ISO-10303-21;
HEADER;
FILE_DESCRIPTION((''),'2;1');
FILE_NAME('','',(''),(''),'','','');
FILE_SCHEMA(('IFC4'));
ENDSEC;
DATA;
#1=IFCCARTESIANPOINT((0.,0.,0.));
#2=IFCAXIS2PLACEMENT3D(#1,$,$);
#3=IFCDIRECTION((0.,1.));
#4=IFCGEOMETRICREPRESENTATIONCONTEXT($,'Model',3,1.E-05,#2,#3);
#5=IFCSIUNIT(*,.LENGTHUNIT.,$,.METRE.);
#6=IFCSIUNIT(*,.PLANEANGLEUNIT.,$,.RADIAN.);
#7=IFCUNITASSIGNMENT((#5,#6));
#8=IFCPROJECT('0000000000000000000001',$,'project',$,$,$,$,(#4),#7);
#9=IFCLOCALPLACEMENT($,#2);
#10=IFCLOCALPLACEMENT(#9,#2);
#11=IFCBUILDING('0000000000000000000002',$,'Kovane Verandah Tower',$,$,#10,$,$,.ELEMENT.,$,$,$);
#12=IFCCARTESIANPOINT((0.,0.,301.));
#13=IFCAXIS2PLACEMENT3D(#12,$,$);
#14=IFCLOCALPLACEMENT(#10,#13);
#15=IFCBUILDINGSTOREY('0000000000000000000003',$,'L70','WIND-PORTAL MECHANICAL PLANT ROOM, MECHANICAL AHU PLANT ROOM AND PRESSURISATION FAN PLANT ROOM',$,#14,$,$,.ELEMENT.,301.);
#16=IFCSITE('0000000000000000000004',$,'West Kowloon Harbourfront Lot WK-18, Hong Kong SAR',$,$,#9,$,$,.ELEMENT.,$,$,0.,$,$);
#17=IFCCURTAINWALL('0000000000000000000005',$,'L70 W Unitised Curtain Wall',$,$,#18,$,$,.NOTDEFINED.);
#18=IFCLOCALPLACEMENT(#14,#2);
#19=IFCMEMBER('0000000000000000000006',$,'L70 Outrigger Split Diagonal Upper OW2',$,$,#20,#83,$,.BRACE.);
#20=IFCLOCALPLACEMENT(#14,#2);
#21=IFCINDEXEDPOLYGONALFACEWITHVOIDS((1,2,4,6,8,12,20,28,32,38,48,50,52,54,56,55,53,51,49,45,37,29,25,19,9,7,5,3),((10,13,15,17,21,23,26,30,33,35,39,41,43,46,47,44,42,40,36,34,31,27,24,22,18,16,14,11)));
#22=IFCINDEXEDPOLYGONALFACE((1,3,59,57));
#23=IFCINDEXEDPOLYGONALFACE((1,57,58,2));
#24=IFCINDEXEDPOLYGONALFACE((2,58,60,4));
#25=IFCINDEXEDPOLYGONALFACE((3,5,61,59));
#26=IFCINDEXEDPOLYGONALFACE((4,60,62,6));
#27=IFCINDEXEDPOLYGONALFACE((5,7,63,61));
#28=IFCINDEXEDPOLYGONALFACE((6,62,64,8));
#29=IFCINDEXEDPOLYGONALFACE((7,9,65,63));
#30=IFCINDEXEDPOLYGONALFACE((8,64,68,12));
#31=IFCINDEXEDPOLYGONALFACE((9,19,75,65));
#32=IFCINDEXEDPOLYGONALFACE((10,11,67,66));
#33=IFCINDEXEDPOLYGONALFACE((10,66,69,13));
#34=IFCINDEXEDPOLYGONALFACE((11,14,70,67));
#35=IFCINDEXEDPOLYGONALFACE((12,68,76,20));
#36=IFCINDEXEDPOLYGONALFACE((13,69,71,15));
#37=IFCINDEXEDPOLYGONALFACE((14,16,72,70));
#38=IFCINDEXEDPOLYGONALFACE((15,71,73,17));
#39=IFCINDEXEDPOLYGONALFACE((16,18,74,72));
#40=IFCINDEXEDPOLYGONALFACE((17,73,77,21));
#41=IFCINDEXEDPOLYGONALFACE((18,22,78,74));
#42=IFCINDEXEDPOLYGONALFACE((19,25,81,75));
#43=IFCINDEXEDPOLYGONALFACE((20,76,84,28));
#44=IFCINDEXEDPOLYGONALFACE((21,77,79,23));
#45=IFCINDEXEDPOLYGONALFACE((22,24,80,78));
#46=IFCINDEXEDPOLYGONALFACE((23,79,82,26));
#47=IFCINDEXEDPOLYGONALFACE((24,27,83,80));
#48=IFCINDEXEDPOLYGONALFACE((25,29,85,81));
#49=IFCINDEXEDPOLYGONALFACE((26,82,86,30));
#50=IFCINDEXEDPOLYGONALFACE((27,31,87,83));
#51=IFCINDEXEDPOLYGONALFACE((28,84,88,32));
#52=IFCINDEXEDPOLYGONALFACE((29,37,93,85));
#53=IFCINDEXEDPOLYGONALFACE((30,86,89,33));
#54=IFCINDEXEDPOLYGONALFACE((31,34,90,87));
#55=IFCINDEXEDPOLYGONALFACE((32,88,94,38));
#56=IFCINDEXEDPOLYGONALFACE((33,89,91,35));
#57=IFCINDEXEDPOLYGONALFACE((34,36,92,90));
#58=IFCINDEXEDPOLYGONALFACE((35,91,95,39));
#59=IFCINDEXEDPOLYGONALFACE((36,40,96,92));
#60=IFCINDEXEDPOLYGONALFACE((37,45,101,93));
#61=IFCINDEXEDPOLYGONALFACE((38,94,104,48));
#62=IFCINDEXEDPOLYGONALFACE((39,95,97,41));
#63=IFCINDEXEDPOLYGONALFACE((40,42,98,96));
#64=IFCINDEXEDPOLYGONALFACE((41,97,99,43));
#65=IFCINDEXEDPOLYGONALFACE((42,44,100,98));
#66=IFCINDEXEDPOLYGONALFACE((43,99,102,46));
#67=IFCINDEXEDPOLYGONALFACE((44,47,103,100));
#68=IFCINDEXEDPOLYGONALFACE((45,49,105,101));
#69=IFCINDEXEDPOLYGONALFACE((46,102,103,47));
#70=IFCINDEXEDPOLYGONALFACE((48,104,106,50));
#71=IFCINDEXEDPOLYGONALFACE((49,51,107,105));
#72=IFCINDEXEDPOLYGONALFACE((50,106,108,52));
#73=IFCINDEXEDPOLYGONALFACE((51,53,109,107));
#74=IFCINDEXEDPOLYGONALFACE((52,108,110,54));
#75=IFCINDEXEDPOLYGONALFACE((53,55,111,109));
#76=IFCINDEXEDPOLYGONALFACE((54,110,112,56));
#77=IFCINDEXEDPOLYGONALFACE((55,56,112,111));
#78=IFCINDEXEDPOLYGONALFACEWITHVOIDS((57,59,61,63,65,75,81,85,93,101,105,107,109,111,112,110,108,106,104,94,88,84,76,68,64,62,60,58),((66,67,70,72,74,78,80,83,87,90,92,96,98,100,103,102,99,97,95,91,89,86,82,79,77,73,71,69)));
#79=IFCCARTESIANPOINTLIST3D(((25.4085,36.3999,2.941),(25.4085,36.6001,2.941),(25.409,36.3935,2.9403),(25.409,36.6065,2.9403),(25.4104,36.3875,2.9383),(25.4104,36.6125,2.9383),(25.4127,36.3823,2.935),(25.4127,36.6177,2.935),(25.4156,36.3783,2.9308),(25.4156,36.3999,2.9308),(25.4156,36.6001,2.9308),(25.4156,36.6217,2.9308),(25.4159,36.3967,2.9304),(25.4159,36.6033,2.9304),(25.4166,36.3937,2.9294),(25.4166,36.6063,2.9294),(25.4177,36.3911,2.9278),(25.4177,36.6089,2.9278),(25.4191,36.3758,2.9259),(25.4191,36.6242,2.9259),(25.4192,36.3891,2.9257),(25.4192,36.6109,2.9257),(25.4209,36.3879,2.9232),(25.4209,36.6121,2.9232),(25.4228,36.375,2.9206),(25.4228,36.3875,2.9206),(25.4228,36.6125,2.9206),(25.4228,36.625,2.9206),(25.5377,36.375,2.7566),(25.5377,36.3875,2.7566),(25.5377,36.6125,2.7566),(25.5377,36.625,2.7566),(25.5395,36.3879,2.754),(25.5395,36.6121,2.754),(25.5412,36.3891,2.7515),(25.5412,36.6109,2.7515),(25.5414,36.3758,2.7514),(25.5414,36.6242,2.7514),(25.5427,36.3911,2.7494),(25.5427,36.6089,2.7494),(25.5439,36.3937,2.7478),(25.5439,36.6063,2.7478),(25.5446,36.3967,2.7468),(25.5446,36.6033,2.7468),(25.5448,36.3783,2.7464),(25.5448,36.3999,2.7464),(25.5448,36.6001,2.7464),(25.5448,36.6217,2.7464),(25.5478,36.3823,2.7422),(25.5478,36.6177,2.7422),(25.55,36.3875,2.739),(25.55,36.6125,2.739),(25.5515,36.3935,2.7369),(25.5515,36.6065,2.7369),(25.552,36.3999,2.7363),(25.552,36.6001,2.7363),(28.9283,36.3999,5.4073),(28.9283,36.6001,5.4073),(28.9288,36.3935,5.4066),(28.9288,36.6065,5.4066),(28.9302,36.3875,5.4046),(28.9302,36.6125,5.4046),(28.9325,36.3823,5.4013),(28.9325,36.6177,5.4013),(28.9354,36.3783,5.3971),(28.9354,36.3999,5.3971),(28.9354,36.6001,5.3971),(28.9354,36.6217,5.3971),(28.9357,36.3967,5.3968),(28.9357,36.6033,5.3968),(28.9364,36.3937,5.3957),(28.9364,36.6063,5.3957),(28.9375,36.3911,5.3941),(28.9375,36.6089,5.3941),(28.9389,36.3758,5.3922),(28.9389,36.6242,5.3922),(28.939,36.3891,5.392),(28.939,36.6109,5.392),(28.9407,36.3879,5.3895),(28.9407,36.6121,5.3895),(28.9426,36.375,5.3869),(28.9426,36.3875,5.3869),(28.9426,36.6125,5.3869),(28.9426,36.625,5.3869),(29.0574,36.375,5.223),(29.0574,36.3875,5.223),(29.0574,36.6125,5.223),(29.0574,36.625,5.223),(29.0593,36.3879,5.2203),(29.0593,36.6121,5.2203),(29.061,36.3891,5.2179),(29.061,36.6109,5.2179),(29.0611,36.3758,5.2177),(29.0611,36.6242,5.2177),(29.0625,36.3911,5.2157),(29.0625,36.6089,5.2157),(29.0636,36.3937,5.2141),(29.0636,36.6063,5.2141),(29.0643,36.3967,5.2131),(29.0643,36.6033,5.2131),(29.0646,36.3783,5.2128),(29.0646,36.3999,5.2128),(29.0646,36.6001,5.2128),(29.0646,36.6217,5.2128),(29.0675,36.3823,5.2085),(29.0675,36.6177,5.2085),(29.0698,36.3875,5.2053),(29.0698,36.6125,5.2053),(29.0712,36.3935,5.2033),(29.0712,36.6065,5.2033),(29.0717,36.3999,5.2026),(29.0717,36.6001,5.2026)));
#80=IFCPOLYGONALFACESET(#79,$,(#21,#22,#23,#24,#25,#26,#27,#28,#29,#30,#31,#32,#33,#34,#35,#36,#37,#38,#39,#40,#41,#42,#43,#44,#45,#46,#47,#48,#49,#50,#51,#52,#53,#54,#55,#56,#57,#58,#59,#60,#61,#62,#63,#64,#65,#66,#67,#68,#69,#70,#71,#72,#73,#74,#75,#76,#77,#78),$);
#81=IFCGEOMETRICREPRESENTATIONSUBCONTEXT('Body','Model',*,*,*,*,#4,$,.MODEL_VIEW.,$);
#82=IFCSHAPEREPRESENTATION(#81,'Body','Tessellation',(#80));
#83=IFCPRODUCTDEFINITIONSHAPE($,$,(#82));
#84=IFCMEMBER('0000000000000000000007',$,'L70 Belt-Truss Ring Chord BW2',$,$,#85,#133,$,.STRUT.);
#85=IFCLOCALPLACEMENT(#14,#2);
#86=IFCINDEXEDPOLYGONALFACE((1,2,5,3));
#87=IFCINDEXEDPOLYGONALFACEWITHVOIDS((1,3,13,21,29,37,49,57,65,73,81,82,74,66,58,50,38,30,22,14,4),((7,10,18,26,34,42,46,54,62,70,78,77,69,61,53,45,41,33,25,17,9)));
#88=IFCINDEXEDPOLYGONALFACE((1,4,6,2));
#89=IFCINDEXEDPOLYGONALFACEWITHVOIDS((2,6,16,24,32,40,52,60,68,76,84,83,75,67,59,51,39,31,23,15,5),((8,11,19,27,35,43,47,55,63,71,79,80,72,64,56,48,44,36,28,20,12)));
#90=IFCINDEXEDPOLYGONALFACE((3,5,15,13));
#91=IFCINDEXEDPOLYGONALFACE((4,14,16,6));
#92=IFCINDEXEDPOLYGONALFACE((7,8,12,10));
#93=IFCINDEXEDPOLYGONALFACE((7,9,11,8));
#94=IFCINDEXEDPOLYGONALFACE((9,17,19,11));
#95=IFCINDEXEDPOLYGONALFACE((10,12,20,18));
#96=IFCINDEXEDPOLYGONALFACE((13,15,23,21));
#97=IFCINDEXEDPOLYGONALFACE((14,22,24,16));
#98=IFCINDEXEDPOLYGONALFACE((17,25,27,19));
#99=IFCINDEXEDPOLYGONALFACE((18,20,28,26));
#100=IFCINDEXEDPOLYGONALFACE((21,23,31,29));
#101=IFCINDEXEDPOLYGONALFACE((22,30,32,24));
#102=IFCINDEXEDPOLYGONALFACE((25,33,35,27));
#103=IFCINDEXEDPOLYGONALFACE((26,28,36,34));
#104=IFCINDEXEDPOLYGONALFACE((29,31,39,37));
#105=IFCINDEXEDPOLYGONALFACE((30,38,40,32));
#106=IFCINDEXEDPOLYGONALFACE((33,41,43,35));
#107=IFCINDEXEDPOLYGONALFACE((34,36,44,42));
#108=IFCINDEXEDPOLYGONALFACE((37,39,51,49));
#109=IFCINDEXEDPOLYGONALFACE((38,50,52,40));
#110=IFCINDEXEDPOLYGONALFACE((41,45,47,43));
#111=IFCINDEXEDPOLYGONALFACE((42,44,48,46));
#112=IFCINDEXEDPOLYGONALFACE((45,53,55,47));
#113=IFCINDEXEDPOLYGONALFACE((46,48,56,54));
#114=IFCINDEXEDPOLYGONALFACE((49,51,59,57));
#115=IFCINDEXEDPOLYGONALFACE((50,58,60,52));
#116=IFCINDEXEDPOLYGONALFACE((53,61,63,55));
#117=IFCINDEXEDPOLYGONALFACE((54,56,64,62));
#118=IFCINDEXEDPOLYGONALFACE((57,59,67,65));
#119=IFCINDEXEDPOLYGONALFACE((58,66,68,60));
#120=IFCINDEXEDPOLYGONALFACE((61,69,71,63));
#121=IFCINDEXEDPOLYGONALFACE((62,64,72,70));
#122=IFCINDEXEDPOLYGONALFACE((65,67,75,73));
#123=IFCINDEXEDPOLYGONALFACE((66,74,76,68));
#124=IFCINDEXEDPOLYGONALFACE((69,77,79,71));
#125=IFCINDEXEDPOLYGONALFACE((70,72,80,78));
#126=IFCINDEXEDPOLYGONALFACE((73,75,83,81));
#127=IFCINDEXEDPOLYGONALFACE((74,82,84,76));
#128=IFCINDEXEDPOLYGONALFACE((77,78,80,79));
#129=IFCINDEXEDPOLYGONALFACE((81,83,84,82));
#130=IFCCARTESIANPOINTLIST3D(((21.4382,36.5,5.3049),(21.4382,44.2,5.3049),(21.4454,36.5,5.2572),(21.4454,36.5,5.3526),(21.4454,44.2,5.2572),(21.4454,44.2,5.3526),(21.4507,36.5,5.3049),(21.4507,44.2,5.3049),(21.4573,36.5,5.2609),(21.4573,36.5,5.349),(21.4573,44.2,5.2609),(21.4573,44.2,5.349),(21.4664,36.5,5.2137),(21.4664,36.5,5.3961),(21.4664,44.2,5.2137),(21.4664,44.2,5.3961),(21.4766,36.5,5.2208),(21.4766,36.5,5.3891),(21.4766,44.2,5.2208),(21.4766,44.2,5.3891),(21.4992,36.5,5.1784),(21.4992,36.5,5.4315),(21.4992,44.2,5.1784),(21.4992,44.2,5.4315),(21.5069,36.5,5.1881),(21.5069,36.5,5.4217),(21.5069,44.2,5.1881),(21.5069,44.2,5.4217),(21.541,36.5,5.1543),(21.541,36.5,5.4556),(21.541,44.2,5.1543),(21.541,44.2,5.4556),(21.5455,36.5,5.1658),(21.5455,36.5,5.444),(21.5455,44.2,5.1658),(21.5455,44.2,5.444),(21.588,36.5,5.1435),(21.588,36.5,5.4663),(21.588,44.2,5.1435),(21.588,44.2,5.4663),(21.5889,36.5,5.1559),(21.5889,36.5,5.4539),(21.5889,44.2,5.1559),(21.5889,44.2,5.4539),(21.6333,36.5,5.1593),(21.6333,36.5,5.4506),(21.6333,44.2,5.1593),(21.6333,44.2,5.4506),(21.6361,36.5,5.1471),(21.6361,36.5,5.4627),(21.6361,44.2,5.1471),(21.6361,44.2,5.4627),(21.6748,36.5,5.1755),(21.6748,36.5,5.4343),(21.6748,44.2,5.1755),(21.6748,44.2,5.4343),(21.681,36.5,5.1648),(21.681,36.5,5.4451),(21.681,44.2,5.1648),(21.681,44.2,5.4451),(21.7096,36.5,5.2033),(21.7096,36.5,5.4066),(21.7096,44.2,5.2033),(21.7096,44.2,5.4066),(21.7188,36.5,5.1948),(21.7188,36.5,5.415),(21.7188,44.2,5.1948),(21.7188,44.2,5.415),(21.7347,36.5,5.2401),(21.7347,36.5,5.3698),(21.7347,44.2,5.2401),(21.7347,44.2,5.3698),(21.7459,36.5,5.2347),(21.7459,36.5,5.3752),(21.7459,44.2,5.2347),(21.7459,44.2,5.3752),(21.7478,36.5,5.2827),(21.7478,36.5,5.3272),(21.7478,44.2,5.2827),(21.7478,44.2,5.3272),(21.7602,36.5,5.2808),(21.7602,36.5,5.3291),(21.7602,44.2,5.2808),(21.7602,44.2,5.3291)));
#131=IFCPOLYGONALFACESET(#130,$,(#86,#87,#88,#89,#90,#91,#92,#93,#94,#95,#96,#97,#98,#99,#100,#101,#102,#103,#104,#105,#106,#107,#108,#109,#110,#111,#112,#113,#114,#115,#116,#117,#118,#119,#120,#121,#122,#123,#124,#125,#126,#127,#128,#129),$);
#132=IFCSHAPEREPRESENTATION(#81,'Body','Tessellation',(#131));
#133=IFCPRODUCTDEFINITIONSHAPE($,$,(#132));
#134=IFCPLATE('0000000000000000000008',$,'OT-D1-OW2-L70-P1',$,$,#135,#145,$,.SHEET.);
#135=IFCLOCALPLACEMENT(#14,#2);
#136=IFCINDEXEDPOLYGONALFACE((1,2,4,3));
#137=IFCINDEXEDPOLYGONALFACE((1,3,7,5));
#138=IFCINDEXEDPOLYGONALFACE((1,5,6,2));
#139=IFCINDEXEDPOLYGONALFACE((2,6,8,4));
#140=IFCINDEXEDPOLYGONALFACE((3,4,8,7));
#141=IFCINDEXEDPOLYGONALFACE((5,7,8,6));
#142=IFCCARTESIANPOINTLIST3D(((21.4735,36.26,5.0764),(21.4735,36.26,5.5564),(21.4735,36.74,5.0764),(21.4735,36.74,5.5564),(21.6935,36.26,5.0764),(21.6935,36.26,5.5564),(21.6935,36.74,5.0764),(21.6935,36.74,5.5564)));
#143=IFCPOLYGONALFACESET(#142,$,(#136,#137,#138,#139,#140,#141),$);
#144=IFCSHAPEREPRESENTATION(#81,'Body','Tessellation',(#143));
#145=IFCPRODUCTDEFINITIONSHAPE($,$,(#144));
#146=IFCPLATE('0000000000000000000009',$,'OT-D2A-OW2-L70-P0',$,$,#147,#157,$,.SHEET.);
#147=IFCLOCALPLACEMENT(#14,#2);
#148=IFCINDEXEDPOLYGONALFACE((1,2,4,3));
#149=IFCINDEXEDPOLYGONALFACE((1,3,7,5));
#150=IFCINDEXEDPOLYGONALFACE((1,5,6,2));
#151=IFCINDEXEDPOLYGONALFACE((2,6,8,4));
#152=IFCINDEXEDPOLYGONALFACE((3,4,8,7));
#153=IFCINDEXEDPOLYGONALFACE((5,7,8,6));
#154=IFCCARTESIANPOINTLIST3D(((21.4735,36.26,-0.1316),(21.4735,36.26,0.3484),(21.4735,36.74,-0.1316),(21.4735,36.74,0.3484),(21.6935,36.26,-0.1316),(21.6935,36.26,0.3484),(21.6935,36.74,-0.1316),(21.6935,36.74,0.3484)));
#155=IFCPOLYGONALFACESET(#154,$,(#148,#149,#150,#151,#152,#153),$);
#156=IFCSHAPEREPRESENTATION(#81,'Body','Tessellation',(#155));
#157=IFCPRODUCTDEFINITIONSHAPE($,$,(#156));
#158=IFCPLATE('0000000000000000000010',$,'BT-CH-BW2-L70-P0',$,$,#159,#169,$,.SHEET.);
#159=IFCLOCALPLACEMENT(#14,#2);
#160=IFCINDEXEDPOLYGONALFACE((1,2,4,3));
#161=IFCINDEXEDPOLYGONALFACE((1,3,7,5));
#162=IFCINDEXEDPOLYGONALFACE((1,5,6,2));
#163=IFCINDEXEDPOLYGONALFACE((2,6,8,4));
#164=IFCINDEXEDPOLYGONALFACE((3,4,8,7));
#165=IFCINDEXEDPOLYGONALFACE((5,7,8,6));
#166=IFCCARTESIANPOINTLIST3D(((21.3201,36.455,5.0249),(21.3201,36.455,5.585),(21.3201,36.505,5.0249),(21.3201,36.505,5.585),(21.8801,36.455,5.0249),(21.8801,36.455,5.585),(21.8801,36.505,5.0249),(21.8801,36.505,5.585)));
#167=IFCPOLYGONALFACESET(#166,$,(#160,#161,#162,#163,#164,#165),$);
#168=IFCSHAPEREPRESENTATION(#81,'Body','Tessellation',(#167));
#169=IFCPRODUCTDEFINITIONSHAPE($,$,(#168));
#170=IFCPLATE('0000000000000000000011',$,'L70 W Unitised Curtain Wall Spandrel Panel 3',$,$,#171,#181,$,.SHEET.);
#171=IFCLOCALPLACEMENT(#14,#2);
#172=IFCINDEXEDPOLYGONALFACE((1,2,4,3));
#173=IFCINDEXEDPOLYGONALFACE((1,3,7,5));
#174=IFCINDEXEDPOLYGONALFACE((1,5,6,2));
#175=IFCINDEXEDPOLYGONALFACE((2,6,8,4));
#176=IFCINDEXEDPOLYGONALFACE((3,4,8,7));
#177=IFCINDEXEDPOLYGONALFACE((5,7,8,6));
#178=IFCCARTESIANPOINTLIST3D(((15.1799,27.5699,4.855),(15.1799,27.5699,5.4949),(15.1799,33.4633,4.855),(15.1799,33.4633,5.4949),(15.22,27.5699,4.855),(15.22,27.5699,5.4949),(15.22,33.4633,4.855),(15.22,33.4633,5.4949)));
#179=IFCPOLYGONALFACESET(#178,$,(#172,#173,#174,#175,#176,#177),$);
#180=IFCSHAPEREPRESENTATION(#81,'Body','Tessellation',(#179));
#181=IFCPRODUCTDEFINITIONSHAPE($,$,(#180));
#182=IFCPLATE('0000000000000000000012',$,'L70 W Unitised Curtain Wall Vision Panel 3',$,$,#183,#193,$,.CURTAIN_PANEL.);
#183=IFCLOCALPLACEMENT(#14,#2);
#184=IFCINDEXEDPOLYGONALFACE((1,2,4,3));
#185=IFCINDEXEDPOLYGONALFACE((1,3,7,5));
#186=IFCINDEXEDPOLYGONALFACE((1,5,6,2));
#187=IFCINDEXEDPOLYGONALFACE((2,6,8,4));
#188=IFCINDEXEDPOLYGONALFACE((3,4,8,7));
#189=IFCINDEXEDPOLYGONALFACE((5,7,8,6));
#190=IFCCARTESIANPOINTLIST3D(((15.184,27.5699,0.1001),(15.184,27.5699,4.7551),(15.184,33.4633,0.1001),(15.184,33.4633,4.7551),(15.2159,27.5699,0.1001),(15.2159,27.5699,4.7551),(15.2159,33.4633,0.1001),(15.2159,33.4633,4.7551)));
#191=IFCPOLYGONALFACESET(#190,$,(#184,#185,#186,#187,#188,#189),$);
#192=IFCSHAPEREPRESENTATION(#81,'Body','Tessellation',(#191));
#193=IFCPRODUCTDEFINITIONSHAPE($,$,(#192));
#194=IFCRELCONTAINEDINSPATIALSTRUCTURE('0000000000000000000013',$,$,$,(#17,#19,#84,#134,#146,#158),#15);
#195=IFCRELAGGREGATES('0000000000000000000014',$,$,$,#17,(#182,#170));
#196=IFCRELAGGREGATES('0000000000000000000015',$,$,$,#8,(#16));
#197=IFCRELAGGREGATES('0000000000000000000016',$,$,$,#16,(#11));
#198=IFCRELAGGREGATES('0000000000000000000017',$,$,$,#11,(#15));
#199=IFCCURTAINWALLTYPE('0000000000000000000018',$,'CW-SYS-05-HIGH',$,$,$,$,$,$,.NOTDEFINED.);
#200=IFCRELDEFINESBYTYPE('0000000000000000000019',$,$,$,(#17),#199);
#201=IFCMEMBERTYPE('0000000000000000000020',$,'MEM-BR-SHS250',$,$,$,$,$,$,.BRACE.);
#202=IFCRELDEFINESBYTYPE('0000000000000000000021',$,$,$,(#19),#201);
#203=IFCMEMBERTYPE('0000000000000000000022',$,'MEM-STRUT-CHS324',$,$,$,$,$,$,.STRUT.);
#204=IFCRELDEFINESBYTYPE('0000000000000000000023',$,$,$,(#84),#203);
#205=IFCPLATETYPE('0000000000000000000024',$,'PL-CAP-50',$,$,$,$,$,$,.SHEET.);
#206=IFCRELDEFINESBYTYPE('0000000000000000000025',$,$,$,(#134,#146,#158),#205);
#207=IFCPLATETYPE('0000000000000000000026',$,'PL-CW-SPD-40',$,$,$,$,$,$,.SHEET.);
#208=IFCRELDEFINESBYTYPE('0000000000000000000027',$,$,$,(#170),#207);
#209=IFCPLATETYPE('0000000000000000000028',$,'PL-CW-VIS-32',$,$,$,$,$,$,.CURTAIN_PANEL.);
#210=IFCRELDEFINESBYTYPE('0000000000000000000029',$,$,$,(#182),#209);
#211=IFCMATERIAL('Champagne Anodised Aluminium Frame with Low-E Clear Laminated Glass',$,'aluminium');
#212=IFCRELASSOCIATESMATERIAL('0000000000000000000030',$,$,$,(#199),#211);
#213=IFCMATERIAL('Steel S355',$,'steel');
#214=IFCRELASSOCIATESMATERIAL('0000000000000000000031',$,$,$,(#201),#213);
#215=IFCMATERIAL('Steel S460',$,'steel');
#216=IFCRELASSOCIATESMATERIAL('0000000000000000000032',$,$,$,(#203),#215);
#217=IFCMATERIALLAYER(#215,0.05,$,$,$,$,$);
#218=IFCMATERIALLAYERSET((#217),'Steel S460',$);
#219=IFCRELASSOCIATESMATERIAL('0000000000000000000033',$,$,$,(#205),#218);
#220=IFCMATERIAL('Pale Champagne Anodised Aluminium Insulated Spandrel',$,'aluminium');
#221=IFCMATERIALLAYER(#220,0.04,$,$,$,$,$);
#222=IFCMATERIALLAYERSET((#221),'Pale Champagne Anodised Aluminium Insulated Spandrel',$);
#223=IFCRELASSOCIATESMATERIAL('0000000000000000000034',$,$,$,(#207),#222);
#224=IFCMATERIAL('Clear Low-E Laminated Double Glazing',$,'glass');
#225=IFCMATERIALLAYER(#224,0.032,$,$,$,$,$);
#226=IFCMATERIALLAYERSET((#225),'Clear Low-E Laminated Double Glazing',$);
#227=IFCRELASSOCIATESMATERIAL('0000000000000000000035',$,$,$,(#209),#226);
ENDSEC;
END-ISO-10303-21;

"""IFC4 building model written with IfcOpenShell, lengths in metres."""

from ifc_helpers import new_model, si_unit, direction, frame, origin, origin_2d, place, context, subcontext, project, spatial, rectangle, hollow_rectangle, hollow_circle, extrude, material, layer, layer_set, material_profile, profile_set, type_object, element, aggregate, save


model = new_model("IFC4")

# Units and contexts
model_context = context("Model", 3, precision=1e-05, world=origin(), true_north=direction((0.0, 1.0)))
body_context = subcontext(model_context, "Body", "Model", "MODEL_VIEW")
ifc_project = project(units=[si_unit("LENGTHUNIT", "METRE"), si_unit("PLANEANGLEUNIT", "RADIAN")], contexts=[model_context])

# Site, building, storey
site_placement = place(None, origin())
site = spatial("IfcSite", under=ifc_project, at=site_placement, Name="West Kowloon Harbourfront Lot WK-18, Hong Kong SAR", CompositionType="ELEMENT", RefElevation=0.0)
building_placement = place(site_placement, origin())
building = spatial("IfcBuilding", under=site, at=building_placement, Name="Kovane Verandah Tower", CompositionType="ELEMENT")
storey_placement = place(building_placement, frame((0.0, 0.0, 301.0)))
storey = spatial("IfcBuildingStorey", under=building, at=storey_placement, Name="L70", Description="WIND-PORTAL MECHANICAL PLANT ROOM, MECHANICAL AHU PLANT ROOM AND PRESSURISATION FAN PLANT ROOM", CompositionType="ELEMENT", Elevation=301.0)

# Shared definitions
ifc_material_1 = material(Name="Steel S460", Category="steel")

# Curtain wall
ifc_material_2 = material(Name="Champagne Anodised Aluminium Frame with Low-E Clear Laminated Glass", Category="aluminium")
curtain_wall_type = type_object("IfcCurtainWallType", Name="CW-SYS-05-HIGH", PredefinedType="NOTDEFINED", material=ifc_material_2)
curtain_wall_placement = place(storey_placement, origin())
curtain_wall = element("IfcCurtainWall", 1, at=curtain_wall_placement, inside=storey, type_object=curtain_wall_type, Name="L70 W Unitised Curtain Wall", PredefinedType="NOTDEFINED")

# Shared definitions
ifc_material_3 = material(Name="Steel S355", Category="steel")

# Members
ifc_material_profile_1 = material_profile(ifc_material_3, hollow_rectangle(XDim=0.25, YDim=0.25, WallThickness=0.0125, InnerFilletRadius=0.0125, OuterFilletRadius=0.0249, at=origin_2d()), Name="SHS250x250x12.5")
ifc_profile_set_1 = profile_set([ifc_material_profile_1], Name="Steel S355")
member_type_1 = type_object("IfcMemberType", Name="MEM-BR-SHS250", PredefinedType="BRACE", material=ifc_profile_set_1)
member_1_placement = place(storey_placement, frame((25.4802, 36.5, 2.8386), z_axis=(0.818962, 0.0, 0.573847), x_axis=(0.0, 1.0, 0.0)))
element("IfcMember", 2, at=member_1_placement, inside=storey, type_object=member_type_1, Name="L70 Outrigger Split Diagonal Upper OW2", PredefinedType="BRACE", context=body_context, shape_type="SweptSolid", body=[
    extrude(hollow_rectangle(XDim=0.25, YDim=0.25, WallThickness=0.0125, InnerFilletRadius=0.0125, OuterFilletRadius=0.0249, at=origin_2d()), origin(), (0.0, 0.0, 1.0), 4.2979),
])
ifc_material_profile_2 = material_profile(ifc_material_1, hollow_circle(Radius=0.1619, WallThickness=0.0125, at=origin_2d()), Name="CHS323.9x12.5")
ifc_profile_set_2 = profile_set([ifc_material_profile_2], Name="Steel S460")
member_type_2 = type_object("IfcMemberType", Name="MEM-STRUT-CHS324", PredefinedType="STRUT", material=ifc_profile_set_2)
member_2_placement = place(storey_placement, frame((21.6001, 36.5, 5.3049), z_axis=(0.0, 1.0, 0.0), x_axis=(-1.0, 0.0, 0.0)))
element("IfcMember", 3, at=member_2_placement, inside=storey, type_object=member_type_2, Name="L70 Belt-Truss Ring Chord BW2", PredefinedType="STRUT", context=body_context, shape_type="SweptSolid", body=[
    extrude(hollow_circle(Radius=0.1619, WallThickness=0.0125, at=origin_2d()), origin(), (0.0, 0.0, 1.0), 7.7),
])

# Plates
ifc_layer_1 = layer(ifc_material_1, 0.05)
ifc_layer_set_1 = layer_set([ifc_layer_1], Name="Steel S460")
plate_type_1 = type_object("IfcPlateType", Name="PL-CAP-50", PredefinedType="SHEET", material=ifc_layer_set_1)
for number, where, z_axis, x_axis, name in (
    (4, (21.5835, 36.5, 5.0764), (0.0, 0.0, 1.0), (-1.0, 0.0, 0.0), "OT-D1-OW2-L70-P1"),
    (5, (21.5835, 36.5, -0.1316), (0.0, 0.0, 1.0), (1.0, 0.0, 0.0), "OT-D2A-OW2-L70-P0"),
):
    element("IfcPlate", number, at=place(storey_placement, frame(where, z_axis=z_axis, x_axis=x_axis)), inside=storey, type_object=plate_type_1, Name=name, PredefinedType="SHEET", context=body_context, shape_type="SweptSolid", body=[
        extrude(rectangle(XDim=0.22, YDim=0.48, at=origin_2d()), origin(), (0.0, 0.0, 1.0), 0.48),
    ])
plate_1_placement = place(storey_placement, frame((21.6001, 36.48, 5.0249), z_axis=(0.0, 0.0, 1.0), x_axis=(0.0, 1.0, 0.0)))
element("IfcPlate", 6, at=plate_1_placement, inside=storey, type_object=plate_type_1, Name="BT-CH-BW2-L70-P0", PredefinedType="SHEET", context=body_context, shape_type="SweptSolid", body=[
    extrude(rectangle(XDim=0.05, YDim=0.5601, at=origin_2d()), origin(), (0.0, 0.0, 1.0), 0.5601),
])

# Plates
ifc_material_4 = material(Name="Pale Champagne Anodised Aluminium Insulated Spandrel", Category="aluminium")
ifc_layer_2 = layer(ifc_material_4, 0.04)
ifc_layer_set_2 = layer_set([ifc_layer_2], Name="Pale Champagne Anodised Aluminium Insulated Spandrel")
plate_type_2 = type_object("IfcPlateType", Name="PL-CW-SPD-40", PredefinedType="SHEET", material=ifc_layer_set_2)
plate_2_placement = place(storey_placement, frame((15.2, 30.5166, 4.855), z_axis=(0.0, 0.0, 1.0), x_axis=(0.0, -1.0, 0.0)))
plate_2 = element("IfcPlate", 7, at=plate_2_placement, type_object=plate_type_2, Name="L70 W Unitised Curtain Wall Spandrel Panel 3", PredefinedType="SHEET", context=body_context, shape_type="SweptSolid", body=[
    extrude(rectangle(XDim=5.8933, YDim=0.04, at=origin_2d()), origin(), (0.0, 0.0, 1.0), 0.6399),
])
ifc_material_5 = material(Name="Clear Low-E Laminated Double Glazing", Category="glass")
ifc_layer_3 = layer(ifc_material_5, 0.032)
ifc_layer_set_3 = layer_set([ifc_layer_3], Name="Clear Low-E Laminated Double Glazing")
plate_type_3 = type_object("IfcPlateType", Name="PL-CW-VIS-32", PredefinedType="CURTAIN_PANEL", material=ifc_layer_set_3)
plate_3_placement = place(storey_placement, frame((15.2, 30.5166, 0.1001), z_axis=(0.0, 0.0, 1.0), x_axis=(0.0, -1.0, 0.0)))
plate_3 = element("IfcPlate", 8, at=plate_3_placement, type_object=plate_type_3, Name="L70 W Unitised Curtain Wall Vision Panel 3", PredefinedType="CURTAIN_PANEL", context=body_context, shape_type="SweptSolid", body=[
    extrude(rectangle(XDim=5.8933, YDim=0.032, at=origin_2d()), origin(), (0.0, 0.0, 1.0), 4.655),
])
aggregate(curtain_wall, [plate_3, plate_2])

save(model, "model.ifc")
